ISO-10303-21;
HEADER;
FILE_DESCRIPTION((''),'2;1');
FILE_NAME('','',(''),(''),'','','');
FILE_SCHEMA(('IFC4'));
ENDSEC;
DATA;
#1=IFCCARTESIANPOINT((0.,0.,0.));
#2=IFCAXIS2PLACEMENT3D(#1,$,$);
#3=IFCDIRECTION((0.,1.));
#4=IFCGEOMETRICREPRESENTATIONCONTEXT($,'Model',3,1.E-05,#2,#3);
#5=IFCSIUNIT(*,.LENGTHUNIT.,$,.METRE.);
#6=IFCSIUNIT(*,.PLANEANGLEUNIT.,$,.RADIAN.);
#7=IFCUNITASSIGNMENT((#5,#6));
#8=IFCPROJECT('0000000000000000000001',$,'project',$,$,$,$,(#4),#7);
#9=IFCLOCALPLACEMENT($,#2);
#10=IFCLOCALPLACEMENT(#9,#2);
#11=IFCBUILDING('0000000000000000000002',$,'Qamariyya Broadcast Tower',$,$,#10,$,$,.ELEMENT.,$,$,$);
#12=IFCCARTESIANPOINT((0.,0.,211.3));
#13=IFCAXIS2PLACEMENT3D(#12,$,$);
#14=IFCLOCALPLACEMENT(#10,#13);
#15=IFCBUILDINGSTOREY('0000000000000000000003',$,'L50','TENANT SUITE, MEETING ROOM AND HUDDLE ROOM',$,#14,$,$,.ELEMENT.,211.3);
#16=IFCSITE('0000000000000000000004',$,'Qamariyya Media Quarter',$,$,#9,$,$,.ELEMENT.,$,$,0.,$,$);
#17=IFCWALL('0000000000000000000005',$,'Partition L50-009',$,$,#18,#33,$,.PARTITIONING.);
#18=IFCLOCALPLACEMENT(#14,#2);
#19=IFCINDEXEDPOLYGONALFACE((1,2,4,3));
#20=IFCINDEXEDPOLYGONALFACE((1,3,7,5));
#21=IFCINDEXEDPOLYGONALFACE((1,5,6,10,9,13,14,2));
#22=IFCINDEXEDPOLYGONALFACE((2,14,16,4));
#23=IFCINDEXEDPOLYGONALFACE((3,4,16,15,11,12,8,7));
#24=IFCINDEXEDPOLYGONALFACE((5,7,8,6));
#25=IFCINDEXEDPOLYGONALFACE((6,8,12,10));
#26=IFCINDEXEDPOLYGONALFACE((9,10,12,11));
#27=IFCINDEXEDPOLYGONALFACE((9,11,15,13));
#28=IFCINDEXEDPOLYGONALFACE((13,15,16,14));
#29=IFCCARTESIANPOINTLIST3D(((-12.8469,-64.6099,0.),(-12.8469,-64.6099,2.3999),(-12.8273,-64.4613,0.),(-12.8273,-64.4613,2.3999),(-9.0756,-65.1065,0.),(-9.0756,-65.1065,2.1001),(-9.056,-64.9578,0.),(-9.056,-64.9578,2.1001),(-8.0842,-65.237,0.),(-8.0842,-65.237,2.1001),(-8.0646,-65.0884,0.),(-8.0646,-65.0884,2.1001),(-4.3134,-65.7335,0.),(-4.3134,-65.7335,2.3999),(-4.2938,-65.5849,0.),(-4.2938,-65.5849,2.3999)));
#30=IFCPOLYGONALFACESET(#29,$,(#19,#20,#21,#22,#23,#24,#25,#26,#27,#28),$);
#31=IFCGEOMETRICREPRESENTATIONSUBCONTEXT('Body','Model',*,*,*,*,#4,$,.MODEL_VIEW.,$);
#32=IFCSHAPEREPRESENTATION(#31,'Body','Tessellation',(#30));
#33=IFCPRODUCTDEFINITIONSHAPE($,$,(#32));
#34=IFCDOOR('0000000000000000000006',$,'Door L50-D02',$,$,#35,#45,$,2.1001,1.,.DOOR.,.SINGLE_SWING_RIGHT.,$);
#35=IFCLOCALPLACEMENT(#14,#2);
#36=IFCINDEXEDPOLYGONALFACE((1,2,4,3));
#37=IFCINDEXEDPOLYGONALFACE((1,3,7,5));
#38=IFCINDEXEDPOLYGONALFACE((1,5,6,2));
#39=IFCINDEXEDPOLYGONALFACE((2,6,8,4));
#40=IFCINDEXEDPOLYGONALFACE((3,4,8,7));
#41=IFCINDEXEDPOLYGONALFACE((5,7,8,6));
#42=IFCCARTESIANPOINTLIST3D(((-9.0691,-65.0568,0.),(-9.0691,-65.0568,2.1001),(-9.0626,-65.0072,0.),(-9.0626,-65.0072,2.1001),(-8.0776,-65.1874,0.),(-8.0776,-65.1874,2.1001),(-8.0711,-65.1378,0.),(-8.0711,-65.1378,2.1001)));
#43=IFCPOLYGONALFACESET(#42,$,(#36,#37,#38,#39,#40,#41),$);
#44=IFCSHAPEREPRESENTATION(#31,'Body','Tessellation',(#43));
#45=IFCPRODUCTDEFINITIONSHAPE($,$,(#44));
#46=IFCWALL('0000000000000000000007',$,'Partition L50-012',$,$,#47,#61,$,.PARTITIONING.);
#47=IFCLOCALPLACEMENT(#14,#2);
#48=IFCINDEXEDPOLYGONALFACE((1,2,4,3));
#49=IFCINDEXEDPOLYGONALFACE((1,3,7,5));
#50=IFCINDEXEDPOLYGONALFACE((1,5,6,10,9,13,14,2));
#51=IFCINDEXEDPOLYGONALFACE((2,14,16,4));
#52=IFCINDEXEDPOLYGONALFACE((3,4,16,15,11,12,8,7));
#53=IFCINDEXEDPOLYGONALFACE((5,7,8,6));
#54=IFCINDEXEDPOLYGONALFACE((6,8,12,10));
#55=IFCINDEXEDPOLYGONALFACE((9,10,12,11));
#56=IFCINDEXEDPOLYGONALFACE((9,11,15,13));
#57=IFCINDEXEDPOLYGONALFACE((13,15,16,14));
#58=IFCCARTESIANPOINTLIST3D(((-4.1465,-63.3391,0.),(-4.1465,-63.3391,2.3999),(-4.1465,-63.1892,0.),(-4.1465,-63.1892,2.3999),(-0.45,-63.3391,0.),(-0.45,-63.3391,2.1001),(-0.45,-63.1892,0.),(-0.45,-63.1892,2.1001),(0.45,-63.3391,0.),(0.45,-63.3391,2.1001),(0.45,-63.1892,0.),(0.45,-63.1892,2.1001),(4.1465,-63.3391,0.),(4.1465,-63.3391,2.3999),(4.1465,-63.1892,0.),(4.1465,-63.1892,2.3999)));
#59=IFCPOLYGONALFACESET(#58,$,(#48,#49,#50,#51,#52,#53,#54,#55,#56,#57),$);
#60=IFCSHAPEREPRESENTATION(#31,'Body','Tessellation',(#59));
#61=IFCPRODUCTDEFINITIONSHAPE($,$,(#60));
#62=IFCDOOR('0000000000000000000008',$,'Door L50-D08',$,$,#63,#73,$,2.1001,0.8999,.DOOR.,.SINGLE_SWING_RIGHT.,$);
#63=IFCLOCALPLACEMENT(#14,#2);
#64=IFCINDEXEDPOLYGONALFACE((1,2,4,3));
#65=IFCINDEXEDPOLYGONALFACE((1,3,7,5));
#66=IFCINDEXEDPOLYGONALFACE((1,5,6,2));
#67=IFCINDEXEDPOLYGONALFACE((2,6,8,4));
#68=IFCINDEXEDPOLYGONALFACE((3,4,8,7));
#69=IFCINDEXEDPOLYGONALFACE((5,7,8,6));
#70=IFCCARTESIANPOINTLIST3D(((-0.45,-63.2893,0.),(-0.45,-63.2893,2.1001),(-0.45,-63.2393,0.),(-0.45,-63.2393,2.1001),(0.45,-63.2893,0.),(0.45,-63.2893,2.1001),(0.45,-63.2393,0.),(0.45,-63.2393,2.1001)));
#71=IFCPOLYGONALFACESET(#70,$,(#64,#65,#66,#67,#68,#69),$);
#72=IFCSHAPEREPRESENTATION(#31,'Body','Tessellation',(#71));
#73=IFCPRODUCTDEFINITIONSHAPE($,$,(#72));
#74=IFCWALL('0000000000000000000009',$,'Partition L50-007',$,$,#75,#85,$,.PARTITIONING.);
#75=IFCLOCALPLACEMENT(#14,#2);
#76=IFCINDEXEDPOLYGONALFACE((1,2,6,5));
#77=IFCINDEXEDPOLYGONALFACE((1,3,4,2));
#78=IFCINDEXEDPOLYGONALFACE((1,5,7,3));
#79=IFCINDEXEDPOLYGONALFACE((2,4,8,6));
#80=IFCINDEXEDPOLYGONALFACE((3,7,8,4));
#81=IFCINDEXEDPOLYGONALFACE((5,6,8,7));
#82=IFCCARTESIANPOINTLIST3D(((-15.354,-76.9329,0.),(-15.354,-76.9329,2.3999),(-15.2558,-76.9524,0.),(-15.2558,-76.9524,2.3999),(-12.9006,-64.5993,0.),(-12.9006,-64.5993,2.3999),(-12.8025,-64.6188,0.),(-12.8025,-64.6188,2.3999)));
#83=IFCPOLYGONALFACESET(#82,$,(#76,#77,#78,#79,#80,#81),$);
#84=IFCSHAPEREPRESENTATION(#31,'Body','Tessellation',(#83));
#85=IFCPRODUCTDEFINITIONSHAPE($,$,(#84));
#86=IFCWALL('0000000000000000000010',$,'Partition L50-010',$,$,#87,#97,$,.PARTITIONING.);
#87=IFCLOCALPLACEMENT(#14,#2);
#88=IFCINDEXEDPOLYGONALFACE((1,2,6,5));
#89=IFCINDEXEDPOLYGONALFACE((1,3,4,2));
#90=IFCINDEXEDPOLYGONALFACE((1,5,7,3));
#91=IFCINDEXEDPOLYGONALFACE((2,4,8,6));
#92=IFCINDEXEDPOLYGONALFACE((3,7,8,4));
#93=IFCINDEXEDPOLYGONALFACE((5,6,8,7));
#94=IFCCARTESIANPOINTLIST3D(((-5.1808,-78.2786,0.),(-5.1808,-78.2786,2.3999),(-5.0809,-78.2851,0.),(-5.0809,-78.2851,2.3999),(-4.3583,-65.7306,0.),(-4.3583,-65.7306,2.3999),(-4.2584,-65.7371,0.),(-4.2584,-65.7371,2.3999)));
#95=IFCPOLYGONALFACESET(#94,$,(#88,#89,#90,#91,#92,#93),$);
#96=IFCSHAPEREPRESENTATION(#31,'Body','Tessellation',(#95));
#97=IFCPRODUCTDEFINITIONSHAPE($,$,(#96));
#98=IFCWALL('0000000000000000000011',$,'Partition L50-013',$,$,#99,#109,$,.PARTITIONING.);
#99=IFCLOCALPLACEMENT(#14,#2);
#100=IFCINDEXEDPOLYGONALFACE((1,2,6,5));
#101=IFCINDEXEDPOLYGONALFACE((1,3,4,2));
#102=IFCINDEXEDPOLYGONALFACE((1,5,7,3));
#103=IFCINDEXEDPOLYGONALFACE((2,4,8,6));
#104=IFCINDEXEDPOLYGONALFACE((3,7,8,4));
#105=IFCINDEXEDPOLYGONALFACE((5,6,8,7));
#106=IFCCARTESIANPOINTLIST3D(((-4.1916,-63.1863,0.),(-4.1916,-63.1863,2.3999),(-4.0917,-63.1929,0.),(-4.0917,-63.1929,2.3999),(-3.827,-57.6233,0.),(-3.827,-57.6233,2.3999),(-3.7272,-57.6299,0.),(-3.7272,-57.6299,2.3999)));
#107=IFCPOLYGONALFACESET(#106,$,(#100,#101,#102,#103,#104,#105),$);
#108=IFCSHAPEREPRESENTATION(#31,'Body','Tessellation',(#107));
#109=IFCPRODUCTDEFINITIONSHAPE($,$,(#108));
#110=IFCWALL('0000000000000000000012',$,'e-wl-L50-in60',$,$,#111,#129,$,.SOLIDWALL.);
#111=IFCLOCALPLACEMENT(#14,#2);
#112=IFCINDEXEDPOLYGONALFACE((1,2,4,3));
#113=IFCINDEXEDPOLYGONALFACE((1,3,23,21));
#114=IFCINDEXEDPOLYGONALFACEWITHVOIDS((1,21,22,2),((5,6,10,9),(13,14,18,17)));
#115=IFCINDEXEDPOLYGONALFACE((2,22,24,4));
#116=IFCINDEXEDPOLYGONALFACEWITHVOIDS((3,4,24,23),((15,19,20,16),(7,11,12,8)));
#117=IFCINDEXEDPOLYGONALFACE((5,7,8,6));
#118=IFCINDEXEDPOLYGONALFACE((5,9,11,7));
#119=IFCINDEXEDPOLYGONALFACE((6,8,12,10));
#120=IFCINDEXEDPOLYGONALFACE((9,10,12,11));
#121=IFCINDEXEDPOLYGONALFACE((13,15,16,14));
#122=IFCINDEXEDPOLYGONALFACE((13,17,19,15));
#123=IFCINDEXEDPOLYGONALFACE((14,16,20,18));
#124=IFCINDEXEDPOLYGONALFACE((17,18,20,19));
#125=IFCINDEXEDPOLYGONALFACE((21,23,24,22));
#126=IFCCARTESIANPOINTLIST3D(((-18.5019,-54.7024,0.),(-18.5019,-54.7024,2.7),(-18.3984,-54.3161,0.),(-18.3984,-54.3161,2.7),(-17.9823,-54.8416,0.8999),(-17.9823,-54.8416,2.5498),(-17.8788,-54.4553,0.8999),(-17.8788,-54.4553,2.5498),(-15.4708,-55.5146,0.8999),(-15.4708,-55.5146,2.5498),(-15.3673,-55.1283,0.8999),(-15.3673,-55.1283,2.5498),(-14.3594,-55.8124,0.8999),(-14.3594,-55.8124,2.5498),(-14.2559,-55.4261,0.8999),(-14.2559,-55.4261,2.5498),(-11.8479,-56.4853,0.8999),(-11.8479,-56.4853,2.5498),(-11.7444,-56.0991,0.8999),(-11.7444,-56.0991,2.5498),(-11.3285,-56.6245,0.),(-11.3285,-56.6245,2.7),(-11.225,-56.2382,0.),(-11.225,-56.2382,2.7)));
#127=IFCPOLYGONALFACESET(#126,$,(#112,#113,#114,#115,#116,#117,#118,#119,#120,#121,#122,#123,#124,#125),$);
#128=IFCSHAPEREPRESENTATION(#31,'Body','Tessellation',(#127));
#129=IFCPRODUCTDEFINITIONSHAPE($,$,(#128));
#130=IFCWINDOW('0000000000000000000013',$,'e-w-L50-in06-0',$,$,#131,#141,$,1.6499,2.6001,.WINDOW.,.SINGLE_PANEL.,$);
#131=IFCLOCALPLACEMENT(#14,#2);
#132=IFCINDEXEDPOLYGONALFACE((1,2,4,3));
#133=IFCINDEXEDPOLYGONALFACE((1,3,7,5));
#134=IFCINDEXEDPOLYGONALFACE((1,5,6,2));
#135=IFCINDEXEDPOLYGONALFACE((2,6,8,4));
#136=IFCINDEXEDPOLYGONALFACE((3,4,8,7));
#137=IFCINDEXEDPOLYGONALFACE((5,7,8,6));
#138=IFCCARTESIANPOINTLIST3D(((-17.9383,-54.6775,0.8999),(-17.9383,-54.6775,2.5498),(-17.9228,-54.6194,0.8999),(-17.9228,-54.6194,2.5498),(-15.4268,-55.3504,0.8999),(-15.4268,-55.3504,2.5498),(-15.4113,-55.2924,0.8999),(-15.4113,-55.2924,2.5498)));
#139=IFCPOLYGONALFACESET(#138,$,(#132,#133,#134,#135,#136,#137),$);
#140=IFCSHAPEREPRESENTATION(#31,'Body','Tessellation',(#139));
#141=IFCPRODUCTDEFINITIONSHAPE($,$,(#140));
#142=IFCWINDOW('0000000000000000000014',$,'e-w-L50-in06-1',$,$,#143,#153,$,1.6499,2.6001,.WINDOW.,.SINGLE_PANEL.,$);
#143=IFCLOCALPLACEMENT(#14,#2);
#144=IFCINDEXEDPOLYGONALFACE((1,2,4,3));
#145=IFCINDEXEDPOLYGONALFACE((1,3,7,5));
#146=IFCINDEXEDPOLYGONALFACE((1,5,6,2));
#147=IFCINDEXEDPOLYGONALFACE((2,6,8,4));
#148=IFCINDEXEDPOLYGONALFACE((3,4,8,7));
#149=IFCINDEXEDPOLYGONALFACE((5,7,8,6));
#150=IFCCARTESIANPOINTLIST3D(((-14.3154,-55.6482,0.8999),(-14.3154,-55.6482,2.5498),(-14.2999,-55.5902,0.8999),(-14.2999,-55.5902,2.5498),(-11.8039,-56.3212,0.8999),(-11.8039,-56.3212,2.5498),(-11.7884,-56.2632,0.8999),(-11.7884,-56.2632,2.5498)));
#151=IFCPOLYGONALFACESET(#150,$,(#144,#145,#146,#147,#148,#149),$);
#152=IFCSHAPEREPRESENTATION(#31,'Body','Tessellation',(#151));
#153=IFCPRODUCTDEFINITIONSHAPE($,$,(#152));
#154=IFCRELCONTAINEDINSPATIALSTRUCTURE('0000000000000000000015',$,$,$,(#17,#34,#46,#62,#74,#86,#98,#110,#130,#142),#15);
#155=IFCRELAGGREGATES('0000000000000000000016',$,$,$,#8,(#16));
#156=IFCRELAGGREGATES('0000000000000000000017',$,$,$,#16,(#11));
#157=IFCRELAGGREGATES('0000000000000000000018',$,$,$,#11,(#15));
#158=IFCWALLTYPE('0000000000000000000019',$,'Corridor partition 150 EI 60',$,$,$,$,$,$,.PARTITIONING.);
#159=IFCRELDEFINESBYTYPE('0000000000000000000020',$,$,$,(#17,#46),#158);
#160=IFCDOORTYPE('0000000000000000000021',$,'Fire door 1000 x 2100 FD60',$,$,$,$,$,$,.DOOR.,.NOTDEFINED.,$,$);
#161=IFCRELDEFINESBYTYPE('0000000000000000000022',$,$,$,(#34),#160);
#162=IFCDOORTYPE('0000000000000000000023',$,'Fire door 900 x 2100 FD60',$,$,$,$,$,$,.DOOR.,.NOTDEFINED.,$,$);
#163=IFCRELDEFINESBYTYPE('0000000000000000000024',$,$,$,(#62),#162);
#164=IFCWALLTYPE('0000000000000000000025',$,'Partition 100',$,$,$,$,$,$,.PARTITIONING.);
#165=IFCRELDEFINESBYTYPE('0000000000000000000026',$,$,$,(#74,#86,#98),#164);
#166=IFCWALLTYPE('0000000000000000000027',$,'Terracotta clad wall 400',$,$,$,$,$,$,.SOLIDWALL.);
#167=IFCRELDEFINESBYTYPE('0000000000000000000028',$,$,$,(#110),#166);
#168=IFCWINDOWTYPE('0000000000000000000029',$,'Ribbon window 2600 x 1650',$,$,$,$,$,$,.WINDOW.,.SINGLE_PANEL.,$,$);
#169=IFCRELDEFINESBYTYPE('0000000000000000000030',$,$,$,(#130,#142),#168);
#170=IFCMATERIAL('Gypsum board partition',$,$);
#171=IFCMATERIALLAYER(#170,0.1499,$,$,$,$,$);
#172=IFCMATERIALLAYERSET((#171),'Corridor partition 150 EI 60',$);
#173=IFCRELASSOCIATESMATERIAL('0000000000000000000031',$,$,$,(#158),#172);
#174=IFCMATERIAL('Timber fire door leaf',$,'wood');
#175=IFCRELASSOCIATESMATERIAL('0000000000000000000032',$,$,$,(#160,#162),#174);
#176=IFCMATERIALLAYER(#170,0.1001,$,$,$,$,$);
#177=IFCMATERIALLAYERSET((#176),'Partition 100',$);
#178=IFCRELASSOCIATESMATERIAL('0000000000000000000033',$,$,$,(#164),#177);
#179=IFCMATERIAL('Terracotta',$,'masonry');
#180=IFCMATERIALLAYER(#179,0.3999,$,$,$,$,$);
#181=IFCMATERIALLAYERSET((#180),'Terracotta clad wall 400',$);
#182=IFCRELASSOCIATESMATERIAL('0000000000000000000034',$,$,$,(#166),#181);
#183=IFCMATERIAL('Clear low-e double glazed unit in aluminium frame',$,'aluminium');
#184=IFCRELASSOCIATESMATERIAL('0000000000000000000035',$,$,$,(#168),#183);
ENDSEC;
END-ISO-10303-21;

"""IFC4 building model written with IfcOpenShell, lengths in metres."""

from ifc_helpers import new_model, si_unit, direction, frame, frame_2d, origin, place, context, subcontext, project, spatial, rectangle, extrude, material, layer, layer_set, type_object, element, fill, save


model = new_model("IFC4")

# Units and contexts
model_context = context("Model", 3, precision=1e-05, world=origin(), true_north=direction((0.0, 1.0)))
body_context = subcontext(model_context, "Body", "Model", "MODEL_VIEW")
ifc_project = project(units=[si_unit("LENGTHUNIT", "METRE"), si_unit("PLANEANGLEUNIT", "RADIAN")], contexts=[model_context])

# Site, building, storey
site_placement = place(None, origin())
site = spatial("IfcSite", under=ifc_project, at=site_placement, Name="Qamariyya Media Quarter", CompositionType="ELEMENT", RefElevation=0.0)
building_placement = place(site_placement, origin())
building = spatial("IfcBuilding", under=site, at=building_placement, Name="Qamariyya Broadcast Tower", CompositionType="ELEMENT")
storey_placement = place(building_placement, frame((0.0, 0.0, 211.3)))
storey = spatial("IfcBuildingStorey", under=building, at=storey_placement, Name="L50", Description="TENANT SUITE, MEETING ROOM AND HUDDLE ROOM", CompositionType="ELEMENT", Elevation=211.3)

# Walls, openings, doors
ifc_material_1 = material(Name="Gypsum board partition")
ifc_layer_1 = layer(ifc_material_1, 0.1499)
ifc_layer_set_1 = layer_set([ifc_layer_1], Name="Corridor partition 150 EI 60")
wall_type_1 = type_object("IfcWallType", Name="Corridor partition 150 EI 60", PredefinedType="PARTITIONING", material=ifc_layer_set_1)
ifc_material_2 = material(Name="Timber fire door leaf", Category="wood")
door_type_1 = type_object("IfcDoorType", Name="Fire door 1000 x 2100 FD60", OperationType="NOTDEFINED", PredefinedType="DOOR", material=ifc_material_2)
wall_1_placement = place(storey_placement, frame((-4.3035, -65.6592, 0.0), z_axis=(0.0, 0.0, 1.0), x_axis=(-0.991444, 0.130536, 0.0)))
wall_1 = element("IfcWall", 1, at=wall_1_placement, inside=storey, type_object=wall_type_1, Name="Partition L50-009", PredefinedType="PARTITIONING", context=body_context, shape_type="SweptSolid", body=[
    extrude(rectangle(XDim=8.6072, YDim=0.1499, at=frame_2d((4.3037, 0.0))), origin(), (0.0, 0.0, 1.0), 2.3999),
])
opening_1_placement = place(wall_1_placement, frame((3.8035, 0.0, 0.0)))
opening_1 = element("IfcOpeningElement", 2, at=opening_1_placement, cuts=wall_1, PredefinedType="OPENING", context=body_context, shape_type="SweptSolid", body=[
    extrude(rectangle(XDim=1.0, YDim=2.1001, at=frame_2d((0.5, 1.05))), frame((0.0, 0.085, 0.0), z_axis=(0.0, -1.0, 0.0), x_axis=(1.0, 0.0, 0.0)), (0.0, 0.0, 1.0), 0.1699),
])
door_1_placement = place(opening_1_placement, origin())
door_1 = element("IfcDoor", 3, at=door_1_placement, inside=storey, type_object=door_type_1, Name="Door L50-D02", OperationType="SINGLE_SWING_RIGHT", OverallHeight=2.1001, OverallWidth=1.0, PredefinedType="DOOR", context=body_context, shape_type="SweptSolid", body=[
    extrude(rectangle(XDim=1.0, YDim=2.1001, at=frame_2d((0.5, 1.05))), frame((0.0, 0.0249, 0.0), z_axis=(0.0, -1.0, 0.0), x_axis=(1.0, 0.0, 0.0)), (0.0, 0.0, 1.0), 0.05),
])
fill(opening_1, door_1)
wall_2_placement = place(storey_placement, frame((-4.1465, -63.2642, 0.0), z_axis=(0.0, 0.0, 1.0), x_axis=(1.0, 0.0, 0.0)))
wall_2 = element("IfcWall", 4, at=wall_2_placement, inside=storey, type_object=wall_type_1, Name="Partition L50-012", PredefinedType="PARTITIONING", context=body_context, shape_type="SweptSolid", body=[
    extrude(rectangle(XDim=8.293, YDim=0.1499, at=frame_2d((4.1465, 0.0))), origin(), (0.0, 0.0, 1.0), 2.3999),
])
opening_2_placement = place(wall_2_placement, frame((3.6965, 0.0, 0.0)))
opening_2 = element("IfcOpeningElement", 5, at=opening_2_placement, cuts=wall_2, PredefinedType="OPENING", context=body_context, shape_type="SweptSolid", body=[
    extrude(rectangle(XDim=0.8999, YDim=2.1001, at=frame_2d((0.45, 1.05))), frame((0.0, 0.085, 0.0), z_axis=(0.0, -1.0, 0.0), x_axis=(1.0, 0.0, 0.0)), (0.0, 0.0, 1.0), 0.1699),
])
door_type_2 = type_object("IfcDoorType", Name="Fire door 900 x 2100 FD60", OperationType="NOTDEFINED", PredefinedType="DOOR", material=ifc_material_2)
door_2_placement = place(opening_2_placement, origin())
door_2 = element("IfcDoor", 6, at=door_2_placement, inside=storey, type_object=door_type_2, Name="Door L50-D08", OperationType="SINGLE_SWING_RIGHT", OverallHeight=2.1001, OverallWidth=0.8999, PredefinedType="DOOR", context=body_context, shape_type="SweptSolid", body=[
    extrude(rectangle(XDim=0.8999, YDim=2.1001, at=frame_2d((0.45, 1.05))), frame((0.0, 0.0249, 0.0), z_axis=(0.0, -1.0, 0.0), x_axis=(1.0, 0.0, 0.0)), (0.0, 0.0, 1.0), 0.05),
])
fill(opening_2, door_2)

# Walls
ifc_layer_2 = layer(ifc_material_1, 0.1001)
ifc_layer_set_2 = layer_set([ifc_layer_2], Name="Partition 100")
wall_type_2 = type_object("IfcWallType", Name="Partition 100", PredefinedType="PARTITIONING", material=ifc_layer_set_2)
wall_3_placement = place(storey_placement, frame((-15.3049, -76.9426, 0.0), z_axis=(0.0, 0.0, 1.0), x_axis=(0.195097, 0.980784, 0.0)))
element("IfcWall", 7, at=wall_3_placement, inside=storey, type_object=wall_type_2, Name="Partition L50-007", PredefinedType="PARTITIONING", context=body_context, shape_type="SweptSolid", body=[
    extrude(rectangle(XDim=12.5752, YDim=0.1001, at=frame_2d((6.2876, 0.0))), origin(), (0.0, 0.0, 1.0), 2.3999),
])
wall_4_placement = place(storey_placement, frame((-5.1309, -78.282, 0.0), z_axis=(0.0, 0.0, 1.0), x_axis=(0.065408, 0.997859, 0.0)))
element("IfcWall", 8, at=wall_4_placement, inside=storey, type_object=wall_type_2, Name="Partition L50-010", PredefinedType="PARTITIONING", context=body_context, shape_type="SweptSolid", body=[
    extrude(rectangle(XDim=12.575, YDim=0.1001, at=frame_2d((6.2876, 0.0))), origin(), (0.0, 0.0, 1.0), 2.3999),
])
wall_5_placement = place(storey_placement, frame((-3.7771, -57.6265, 0.0), z_axis=(0.0, 0.0, 1.0), x_axis=(-0.065382, -0.99786, 0.0)))
element("IfcWall", 9, at=wall_5_placement, inside=storey, type_object=wall_type_2, Name="Partition L50-013", PredefinedType="PARTITIONING", context=body_context, shape_type="SweptSolid", body=[
    extrude(rectangle(XDim=5.575, YDim=0.1001, at=frame_2d((2.7876, 0.0))), origin(), (0.0, 0.0, 1.0), 2.3999),
])

# Wall, openings, windows
ifc_material_3 = material(Name="Terracotta", Category="masonry")
ifc_layer_3 = layer(ifc_material_3, 0.3999)
ifc_layer_set_3 = layer_set([ifc_layer_3], Name="Terracotta clad wall 400")
wall_type_3 = type_object("IfcWallType", Name="Terracotta clad wall 400", PredefinedType="SOLIDWALL", material=ifc_layer_set_3)
wall_6_placement = place(storey_placement, frame((-11.2766, -56.4314, 0.0), z_axis=(0.0, 0.0, 1.0), x_axis=(-0.965925, 0.258823, 0.0)))
wall_6 = element("IfcWall", 10, at=wall_6_placement, inside=storey, type_object=wall_type_3, Name="e-wl-L50-in60", PredefinedType="SOLIDWALL", context=body_context, shape_type="SweptSolid", body=[
    extrude(rectangle(XDim=7.4265, YDim=0.3999, at=frame_2d((3.7134, 0.0))), origin(), (0.0, 0.0, 1.0), 2.7),
])
opening_3_placement = place(wall_6_placement, frame((4.2886, 0.0, 0.8999)))
opening_3 = element("IfcOpeningElement", 11, at=opening_3_placement, cuts=wall_6, PredefinedType="OPENING", context=body_context, shape_type="SweptSolid", body=[
    extrude(rectangle(XDim=2.6001, YDim=1.6499, at=frame_2d((1.3, 0.825))), frame((0.0, 0.21, 0.0), z_axis=(0.0, -1.0, 0.0), x_axis=(1.0, 0.0, 0.0)), (0.0, 0.0, 1.0), 0.4199),
])
opening_4_placement = place(wall_6_placement, frame((0.5378, 0.0, 0.8999)))
opening_4 = element("IfcOpeningElement", 12, at=opening_4_placement, cuts=wall_6, PredefinedType="OPENING", context=body_context, shape_type="SweptSolid", body=[
    extrude(rectangle(XDim=2.6001, YDim=1.6499, at=frame_2d((1.3, 0.825))), frame((0.0, 0.21, 0.0), z_axis=(0.0, -1.0, 0.0), x_axis=(1.0, 0.0, 0.0)), (0.0, 0.0, 1.0), 0.4199),
])
ifc_material_4 = material(Name="Clear low-e double glazed unit in aluminium frame", Category="aluminium")
window_type = type_object("IfcWindowType", Name="Ribbon window 2600 x 1650", PartitioningType="SINGLE_PANEL", PredefinedType="WINDOW", material=ifc_material_4)
window_1_placement = place(opening_3_placement, origin())
window_1 = element("IfcWindow", 13, at=window_1_placement, inside=storey, type_object=window_type, Name="e-w-L50-in06-0", OverallHeight=1.6499, OverallWidth=2.6001, PartitioningType="SINGLE_PANEL", PredefinedType="WINDOW", context=body_context, shape_type="SweptSolid", body=[
    extrude(rectangle(XDim=2.6001, YDim=1.6499, at=frame_2d((1.3, 0.825))), frame((0.0, 0.03, 0.0), z_axis=(0.0, -1.0, 0.0), x_axis=(1.0, 0.0, 0.0)), (0.0, 0.0, 1.0), 0.0601),
])
fill(opening_3, window_1)
window_2_placement = place(opening_4_placement, origin())
window_2 = element("IfcWindow", 14, at=window_2_placement, inside=storey, type_object=window_type, Name="e-w-L50-in06-1", OverallHeight=1.6499, OverallWidth=2.6001, PartitioningType="SINGLE_PANEL", PredefinedType="WINDOW", context=body_context, shape_type="SweptSolid", body=[
    extrude(rectangle(XDim=2.6001, YDim=1.6499, at=frame_2d((1.3, 0.825))), frame((0.0, 0.03, 0.0), z_axis=(0.0, -1.0, 0.0), x_axis=(1.0, 0.0, 0.0)), (0.0, 0.0, 1.0), 0.0601),
])
fill(opening_4, window_2)

save(model, "model.ifc")
